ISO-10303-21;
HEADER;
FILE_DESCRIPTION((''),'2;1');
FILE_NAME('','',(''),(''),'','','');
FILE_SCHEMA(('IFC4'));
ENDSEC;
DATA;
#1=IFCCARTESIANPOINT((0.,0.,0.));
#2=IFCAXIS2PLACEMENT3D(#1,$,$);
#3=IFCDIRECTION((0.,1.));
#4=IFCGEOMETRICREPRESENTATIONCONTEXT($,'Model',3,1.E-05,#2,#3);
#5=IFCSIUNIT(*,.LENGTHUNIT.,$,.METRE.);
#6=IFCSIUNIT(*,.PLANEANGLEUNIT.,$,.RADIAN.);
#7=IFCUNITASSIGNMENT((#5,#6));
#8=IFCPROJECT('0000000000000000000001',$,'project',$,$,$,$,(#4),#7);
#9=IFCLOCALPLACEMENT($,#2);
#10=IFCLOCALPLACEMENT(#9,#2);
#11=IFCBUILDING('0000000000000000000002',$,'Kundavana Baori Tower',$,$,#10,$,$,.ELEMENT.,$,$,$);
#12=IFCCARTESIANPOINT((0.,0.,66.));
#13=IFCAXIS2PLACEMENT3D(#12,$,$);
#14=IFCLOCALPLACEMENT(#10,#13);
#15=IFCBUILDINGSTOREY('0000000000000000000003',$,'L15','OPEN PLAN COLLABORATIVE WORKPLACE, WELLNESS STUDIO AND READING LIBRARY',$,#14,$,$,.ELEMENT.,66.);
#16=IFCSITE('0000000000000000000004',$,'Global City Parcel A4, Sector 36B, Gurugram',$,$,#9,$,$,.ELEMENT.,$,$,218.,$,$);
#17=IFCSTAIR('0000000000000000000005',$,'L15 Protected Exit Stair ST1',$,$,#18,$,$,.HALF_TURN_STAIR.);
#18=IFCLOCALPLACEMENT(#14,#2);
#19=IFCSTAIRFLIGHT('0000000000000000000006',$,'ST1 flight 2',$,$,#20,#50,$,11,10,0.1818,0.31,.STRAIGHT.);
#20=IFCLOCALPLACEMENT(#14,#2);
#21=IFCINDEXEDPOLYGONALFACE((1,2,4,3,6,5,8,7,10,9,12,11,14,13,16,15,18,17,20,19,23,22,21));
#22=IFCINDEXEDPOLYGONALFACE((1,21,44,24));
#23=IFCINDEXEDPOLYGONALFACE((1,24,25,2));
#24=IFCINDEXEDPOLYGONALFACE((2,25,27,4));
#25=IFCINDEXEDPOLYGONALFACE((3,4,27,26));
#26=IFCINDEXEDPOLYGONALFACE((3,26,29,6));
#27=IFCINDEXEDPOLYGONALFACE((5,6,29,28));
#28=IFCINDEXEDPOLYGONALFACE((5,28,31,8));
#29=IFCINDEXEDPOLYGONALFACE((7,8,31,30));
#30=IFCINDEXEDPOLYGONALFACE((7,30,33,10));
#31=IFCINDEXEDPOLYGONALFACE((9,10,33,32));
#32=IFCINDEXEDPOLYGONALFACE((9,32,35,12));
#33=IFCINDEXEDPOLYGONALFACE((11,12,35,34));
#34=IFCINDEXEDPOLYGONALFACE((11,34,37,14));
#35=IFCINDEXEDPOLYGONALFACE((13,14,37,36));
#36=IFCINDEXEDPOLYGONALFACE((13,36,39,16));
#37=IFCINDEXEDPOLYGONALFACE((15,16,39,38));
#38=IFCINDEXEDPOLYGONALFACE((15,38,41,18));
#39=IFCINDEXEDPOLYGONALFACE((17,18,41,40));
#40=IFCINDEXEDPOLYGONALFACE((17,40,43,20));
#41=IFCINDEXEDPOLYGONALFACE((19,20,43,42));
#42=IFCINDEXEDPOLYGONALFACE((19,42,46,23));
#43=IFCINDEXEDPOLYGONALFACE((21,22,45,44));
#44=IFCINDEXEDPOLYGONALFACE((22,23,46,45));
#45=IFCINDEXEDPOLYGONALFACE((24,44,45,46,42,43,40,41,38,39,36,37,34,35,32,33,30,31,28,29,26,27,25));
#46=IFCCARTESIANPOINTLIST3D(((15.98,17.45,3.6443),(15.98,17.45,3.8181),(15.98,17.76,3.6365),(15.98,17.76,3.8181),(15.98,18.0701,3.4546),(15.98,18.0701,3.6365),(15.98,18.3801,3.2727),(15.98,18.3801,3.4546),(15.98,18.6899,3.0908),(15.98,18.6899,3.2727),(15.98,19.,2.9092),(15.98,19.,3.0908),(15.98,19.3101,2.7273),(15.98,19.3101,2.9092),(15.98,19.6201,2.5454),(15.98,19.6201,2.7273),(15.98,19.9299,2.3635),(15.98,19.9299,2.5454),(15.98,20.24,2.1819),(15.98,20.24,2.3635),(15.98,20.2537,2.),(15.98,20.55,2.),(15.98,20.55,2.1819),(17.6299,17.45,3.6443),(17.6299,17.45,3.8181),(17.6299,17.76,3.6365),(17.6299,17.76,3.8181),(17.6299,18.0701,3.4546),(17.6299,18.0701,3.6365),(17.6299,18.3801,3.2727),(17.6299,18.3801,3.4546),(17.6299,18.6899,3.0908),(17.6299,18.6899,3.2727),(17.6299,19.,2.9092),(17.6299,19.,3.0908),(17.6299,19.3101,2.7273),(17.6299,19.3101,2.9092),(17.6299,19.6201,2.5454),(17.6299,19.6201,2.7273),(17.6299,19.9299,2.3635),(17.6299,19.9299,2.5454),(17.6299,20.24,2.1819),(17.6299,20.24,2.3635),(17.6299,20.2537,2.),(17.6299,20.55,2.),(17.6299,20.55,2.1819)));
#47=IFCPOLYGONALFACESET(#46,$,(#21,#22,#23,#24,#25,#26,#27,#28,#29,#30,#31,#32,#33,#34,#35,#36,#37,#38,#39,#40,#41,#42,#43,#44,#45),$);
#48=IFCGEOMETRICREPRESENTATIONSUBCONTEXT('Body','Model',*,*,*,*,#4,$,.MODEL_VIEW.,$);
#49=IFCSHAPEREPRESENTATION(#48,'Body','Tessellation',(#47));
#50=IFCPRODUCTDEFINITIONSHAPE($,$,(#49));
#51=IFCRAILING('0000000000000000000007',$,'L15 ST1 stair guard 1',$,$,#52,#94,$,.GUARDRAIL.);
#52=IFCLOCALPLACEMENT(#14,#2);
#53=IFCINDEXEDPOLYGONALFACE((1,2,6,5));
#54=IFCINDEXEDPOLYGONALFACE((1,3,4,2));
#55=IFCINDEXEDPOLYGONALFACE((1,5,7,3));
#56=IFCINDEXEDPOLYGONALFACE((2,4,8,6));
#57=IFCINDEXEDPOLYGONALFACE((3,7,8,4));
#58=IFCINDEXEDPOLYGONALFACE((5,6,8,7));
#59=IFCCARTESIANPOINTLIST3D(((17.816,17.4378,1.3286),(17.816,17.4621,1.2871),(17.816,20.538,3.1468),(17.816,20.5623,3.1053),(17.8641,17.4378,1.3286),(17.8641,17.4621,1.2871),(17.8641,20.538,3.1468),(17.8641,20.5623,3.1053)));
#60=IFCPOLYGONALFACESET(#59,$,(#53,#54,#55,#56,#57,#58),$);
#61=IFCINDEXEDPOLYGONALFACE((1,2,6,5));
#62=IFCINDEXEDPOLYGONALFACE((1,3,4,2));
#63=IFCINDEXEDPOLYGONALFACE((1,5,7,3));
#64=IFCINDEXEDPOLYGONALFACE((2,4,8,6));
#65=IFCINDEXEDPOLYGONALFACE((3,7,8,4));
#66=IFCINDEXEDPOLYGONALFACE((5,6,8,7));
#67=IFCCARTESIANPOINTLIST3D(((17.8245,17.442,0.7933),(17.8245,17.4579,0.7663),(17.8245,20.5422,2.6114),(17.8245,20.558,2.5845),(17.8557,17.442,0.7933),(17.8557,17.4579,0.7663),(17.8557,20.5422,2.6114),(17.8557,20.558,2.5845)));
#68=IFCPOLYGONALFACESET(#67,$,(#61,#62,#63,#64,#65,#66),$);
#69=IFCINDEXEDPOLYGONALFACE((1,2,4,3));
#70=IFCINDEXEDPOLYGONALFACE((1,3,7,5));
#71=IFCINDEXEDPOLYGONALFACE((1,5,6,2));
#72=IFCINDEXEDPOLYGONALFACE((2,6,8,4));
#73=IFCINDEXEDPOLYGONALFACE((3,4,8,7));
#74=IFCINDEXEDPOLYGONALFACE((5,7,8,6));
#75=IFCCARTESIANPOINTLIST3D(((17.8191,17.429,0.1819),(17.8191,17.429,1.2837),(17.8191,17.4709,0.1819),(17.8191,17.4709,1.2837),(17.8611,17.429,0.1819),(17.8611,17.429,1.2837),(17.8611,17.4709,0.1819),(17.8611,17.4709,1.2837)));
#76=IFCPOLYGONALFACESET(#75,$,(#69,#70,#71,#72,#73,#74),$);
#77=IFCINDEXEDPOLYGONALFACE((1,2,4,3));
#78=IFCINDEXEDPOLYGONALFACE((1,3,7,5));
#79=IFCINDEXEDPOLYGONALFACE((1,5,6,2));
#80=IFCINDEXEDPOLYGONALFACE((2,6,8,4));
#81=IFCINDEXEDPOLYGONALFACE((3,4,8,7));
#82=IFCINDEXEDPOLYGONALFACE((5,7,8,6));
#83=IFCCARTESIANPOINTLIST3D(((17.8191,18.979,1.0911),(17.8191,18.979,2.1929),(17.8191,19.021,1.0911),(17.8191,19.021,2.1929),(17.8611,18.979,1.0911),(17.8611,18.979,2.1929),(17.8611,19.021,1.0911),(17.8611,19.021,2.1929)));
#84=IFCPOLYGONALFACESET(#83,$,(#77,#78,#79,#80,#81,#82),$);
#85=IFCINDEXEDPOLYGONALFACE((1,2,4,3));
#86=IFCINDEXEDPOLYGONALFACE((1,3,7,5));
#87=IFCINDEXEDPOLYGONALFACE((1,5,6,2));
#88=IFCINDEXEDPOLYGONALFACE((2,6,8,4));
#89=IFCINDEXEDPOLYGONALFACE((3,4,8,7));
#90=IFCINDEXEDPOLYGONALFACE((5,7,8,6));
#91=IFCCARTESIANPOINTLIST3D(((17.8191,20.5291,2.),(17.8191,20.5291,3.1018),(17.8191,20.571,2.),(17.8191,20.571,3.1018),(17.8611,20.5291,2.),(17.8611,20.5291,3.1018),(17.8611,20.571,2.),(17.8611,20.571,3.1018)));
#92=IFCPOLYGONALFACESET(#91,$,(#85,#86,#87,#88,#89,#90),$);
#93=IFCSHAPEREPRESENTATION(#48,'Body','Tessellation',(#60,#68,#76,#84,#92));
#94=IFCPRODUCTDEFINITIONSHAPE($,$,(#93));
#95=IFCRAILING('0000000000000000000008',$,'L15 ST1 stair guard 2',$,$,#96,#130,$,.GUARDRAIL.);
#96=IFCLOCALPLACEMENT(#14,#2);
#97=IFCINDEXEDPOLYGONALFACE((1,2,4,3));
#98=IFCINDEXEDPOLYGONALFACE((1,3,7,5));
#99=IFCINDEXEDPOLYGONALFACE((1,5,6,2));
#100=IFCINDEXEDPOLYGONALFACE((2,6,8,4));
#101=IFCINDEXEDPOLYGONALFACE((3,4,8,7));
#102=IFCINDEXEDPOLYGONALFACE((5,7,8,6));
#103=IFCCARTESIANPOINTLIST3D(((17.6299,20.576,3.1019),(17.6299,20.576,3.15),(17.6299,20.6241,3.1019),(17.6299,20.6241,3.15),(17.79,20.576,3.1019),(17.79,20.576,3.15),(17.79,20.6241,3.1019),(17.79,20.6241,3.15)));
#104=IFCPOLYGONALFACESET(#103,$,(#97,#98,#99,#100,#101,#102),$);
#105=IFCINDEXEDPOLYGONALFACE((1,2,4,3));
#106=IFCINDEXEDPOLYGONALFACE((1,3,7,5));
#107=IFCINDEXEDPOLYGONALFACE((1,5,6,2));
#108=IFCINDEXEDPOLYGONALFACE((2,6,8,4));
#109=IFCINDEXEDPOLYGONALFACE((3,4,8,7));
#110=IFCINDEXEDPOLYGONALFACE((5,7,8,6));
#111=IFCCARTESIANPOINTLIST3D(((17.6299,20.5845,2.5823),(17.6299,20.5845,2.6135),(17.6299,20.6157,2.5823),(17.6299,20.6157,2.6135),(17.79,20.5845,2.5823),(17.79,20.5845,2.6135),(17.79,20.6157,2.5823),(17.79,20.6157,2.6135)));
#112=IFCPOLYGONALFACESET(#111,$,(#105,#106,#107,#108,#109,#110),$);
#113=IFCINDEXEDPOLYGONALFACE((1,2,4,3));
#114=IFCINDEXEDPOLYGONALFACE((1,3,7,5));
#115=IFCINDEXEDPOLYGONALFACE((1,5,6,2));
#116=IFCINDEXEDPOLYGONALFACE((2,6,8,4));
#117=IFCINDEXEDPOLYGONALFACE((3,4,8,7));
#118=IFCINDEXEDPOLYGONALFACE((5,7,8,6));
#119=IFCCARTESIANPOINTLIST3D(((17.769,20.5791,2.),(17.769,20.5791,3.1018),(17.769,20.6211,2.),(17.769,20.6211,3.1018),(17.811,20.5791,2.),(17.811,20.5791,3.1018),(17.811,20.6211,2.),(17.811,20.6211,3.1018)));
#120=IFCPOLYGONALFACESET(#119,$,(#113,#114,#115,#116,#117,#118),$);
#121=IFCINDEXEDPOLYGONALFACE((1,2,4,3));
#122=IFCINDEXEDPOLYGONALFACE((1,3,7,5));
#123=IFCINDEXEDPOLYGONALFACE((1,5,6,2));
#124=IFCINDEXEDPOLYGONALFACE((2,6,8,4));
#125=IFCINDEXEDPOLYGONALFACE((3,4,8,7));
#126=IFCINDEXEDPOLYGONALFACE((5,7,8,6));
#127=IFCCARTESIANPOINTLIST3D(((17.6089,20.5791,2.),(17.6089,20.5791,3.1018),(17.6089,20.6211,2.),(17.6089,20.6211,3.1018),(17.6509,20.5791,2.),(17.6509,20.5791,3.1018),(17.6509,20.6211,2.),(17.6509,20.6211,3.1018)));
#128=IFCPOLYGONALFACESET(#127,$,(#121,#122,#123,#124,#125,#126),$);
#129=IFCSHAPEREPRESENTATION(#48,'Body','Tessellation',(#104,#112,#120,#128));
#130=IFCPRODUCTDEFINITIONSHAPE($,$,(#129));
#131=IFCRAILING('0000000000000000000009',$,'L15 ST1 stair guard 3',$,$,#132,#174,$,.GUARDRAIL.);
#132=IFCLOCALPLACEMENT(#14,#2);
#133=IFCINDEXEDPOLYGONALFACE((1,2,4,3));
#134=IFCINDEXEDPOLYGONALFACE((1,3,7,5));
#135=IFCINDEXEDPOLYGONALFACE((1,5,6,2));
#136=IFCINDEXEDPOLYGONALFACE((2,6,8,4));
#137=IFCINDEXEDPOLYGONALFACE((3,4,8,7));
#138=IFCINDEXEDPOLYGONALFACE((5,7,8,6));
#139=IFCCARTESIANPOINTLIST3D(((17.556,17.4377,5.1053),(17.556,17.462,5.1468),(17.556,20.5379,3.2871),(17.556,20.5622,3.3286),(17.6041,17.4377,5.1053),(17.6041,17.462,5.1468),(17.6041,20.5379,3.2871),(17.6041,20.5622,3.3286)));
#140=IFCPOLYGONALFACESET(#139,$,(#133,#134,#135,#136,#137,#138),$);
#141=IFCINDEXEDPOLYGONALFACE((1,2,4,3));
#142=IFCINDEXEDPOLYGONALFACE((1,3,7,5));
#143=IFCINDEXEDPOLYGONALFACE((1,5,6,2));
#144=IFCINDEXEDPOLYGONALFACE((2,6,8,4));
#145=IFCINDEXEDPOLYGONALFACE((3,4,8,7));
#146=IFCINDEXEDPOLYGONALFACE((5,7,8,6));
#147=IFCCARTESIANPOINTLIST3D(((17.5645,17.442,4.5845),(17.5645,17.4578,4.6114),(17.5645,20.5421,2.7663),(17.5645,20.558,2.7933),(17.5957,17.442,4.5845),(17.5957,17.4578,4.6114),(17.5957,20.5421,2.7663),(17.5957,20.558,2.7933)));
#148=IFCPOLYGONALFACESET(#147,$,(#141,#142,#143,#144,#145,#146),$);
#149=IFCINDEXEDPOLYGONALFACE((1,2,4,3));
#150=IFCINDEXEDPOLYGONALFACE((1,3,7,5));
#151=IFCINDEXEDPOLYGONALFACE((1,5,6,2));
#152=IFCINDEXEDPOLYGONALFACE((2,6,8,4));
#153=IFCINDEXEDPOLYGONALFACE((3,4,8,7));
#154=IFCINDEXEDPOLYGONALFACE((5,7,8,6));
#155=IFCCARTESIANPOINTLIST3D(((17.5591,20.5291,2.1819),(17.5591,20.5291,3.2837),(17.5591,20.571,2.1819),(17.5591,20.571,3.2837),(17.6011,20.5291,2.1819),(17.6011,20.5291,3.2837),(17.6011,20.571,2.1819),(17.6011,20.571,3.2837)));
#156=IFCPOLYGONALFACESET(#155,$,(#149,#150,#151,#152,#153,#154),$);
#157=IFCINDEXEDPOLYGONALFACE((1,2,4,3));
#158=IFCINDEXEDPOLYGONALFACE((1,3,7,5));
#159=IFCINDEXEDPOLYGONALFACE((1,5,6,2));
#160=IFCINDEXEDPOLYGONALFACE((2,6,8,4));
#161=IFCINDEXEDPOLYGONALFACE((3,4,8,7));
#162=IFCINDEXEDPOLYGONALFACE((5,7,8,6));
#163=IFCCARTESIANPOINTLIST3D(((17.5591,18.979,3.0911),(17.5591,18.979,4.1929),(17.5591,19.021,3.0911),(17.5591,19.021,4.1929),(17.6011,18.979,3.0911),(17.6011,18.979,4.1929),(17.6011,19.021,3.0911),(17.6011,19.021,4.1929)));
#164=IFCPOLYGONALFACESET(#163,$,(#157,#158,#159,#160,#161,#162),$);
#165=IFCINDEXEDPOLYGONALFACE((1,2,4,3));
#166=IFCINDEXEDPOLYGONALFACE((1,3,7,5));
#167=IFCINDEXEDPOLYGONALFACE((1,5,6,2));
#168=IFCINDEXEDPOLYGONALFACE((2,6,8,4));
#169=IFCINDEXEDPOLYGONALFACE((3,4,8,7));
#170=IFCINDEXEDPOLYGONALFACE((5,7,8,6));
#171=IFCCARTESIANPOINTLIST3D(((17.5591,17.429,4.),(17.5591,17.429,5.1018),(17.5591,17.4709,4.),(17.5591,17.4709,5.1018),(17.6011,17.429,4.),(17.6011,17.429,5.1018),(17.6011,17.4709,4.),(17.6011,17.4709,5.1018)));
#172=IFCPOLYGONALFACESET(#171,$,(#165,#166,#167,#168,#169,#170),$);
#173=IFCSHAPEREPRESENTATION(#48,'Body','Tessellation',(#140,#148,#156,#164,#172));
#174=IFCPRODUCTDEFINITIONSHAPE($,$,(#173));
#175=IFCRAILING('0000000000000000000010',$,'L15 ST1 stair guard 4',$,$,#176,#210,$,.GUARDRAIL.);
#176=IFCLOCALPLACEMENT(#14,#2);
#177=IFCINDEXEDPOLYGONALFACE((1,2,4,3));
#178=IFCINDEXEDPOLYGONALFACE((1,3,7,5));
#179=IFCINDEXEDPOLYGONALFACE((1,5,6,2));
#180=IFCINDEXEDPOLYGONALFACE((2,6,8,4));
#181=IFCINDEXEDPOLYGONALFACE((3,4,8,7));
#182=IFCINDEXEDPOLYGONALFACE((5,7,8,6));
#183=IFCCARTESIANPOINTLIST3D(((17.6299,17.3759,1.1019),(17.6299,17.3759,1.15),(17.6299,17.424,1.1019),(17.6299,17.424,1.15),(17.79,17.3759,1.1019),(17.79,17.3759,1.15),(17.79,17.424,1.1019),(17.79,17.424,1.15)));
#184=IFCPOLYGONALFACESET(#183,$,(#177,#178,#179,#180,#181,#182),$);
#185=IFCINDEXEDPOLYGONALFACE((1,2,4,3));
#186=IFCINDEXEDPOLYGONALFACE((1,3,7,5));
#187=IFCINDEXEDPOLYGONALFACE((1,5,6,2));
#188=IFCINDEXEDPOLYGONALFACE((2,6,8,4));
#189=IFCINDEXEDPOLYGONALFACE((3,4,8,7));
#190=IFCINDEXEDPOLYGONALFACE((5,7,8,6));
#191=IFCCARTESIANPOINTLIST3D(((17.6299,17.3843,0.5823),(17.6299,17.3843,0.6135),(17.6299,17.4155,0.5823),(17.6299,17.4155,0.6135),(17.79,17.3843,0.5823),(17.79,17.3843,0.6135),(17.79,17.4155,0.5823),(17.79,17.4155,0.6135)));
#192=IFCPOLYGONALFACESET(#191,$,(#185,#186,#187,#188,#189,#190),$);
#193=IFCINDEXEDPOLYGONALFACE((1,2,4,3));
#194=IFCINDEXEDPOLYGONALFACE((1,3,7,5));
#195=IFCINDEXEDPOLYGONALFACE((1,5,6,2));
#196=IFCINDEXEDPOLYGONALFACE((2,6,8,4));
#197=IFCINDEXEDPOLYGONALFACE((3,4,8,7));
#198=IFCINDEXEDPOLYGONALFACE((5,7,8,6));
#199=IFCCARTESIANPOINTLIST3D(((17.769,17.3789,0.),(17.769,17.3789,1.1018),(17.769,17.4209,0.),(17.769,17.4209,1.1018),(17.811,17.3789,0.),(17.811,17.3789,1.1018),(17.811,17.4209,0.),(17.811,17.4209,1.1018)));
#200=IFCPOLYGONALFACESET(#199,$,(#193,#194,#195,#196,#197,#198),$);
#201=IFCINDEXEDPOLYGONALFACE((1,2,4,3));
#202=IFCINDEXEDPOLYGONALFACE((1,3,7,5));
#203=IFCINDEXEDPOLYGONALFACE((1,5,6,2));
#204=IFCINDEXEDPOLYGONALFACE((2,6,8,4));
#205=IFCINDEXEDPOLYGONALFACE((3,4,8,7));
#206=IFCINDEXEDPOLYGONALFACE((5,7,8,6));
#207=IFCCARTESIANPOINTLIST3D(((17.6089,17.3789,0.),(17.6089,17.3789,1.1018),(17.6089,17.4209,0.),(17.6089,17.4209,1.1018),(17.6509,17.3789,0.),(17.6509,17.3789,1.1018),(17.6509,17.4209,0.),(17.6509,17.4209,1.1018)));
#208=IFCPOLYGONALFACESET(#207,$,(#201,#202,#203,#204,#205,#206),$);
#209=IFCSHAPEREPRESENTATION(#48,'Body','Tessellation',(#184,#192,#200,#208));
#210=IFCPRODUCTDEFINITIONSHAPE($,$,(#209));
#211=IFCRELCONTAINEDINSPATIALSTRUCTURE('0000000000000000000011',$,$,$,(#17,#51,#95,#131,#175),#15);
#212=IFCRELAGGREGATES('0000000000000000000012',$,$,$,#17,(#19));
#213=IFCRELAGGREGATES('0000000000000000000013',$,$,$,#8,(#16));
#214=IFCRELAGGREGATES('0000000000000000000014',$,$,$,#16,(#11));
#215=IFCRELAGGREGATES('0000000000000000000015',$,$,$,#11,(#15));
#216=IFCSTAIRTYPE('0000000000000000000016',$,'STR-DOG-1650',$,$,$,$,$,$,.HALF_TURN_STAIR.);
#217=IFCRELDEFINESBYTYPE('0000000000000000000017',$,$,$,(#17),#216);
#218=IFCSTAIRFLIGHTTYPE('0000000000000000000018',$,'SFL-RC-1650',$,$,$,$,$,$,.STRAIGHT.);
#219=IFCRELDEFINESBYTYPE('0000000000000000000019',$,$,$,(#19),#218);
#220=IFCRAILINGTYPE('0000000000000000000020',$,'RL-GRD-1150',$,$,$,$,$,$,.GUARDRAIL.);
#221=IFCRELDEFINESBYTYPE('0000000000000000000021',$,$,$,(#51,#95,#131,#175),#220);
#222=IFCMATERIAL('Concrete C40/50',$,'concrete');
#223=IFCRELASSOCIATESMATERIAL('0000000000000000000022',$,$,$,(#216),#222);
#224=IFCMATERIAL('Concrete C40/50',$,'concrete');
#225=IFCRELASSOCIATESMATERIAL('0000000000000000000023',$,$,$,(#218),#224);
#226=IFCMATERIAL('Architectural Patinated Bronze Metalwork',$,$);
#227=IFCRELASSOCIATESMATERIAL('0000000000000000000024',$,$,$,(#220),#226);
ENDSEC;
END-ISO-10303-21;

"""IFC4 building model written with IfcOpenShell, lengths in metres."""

from ifc_helpers import new_model, si_unit, direction, frame, origin, origin_2d, place, context, subcontext, project, spatial, polyline, rectangle, outline, extrude, material, type_object, element, aggregate, save


model = new_model("IFC4")

# Units and contexts
model_context = context("Model", 3, precision=1e-05, world=origin(), true_north=direction((0.0, 1.0)))
body_context = subcontext(model_context, "Body", "Model", "MODEL_VIEW")
ifc_project = project(units=[si_unit("LENGTHUNIT", "METRE"), si_unit("PLANEANGLEUNIT", "RADIAN")], contexts=[model_context])

# Site, building, storey
site_placement = place(None, origin())
site = spatial("IfcSite", under=ifc_project, at=site_placement, Name="Global City Parcel A4, Sector 36B, Gurugram", CompositionType="ELEMENT", RefElevation=218.0)
building_placement = place(site_placement, origin())
building = spatial("IfcBuilding", under=site, at=building_placement, Name="Kundavana Baori Tower", CompositionType="ELEMENT")
storey_placement = place(building_placement, frame((0.0, 0.0, 66.0)))
storey = spatial("IfcBuildingStorey", under=building, at=storey_placement, Name="L15", Description="OPEN PLAN COLLABORATIVE WORKPLACE, WELLNESS STUDIO AND READING LIBRARY", CompositionType="ELEMENT", Elevation=66.0)

# Stair, stair flight
ifc_material_1 = material(Name="Concrete C40/50", Category="concrete")
stair_type = type_object("IfcStairType", Name="STR-DOG-1650", PredefinedType="HALF_TURN_STAIR", material=ifc_material_1)
stair_placement = place(storey_placement, origin())
stair = element("IfcStair", 1, at=stair_placement, inside=storey, type_object=stair_type, Name="L15 Protected Exit Stair ST1", PredefinedType="HALF_TURN_STAIR")
ifc_material_2 = material(Name="Concrete C40/50", Category="concrete")
stair_flight_type = type_object("IfcStairFlightType", Name="SFL-RC-1650", PredefinedType="STRAIGHT", material=ifc_material_2)
stair_flight_1_placement = place(storey_placement, frame((16.8049, 20.55, 2.0), z_axis=(0.0, 0.0, 1.0), x_axis=(0.0, -1.0, 0.0)))
stair_flight_1 = element("IfcStairFlight", 2, at=stair_flight_1_placement, type_object=stair_flight_type, Name="ST1 flight 2", NumberOfRisers=11, NumberOfTreads=10, PredefinedType="STRAIGHT", RiserHeight=0.1818, TreadLength=0.31, context=body_context, shape_type="SweptSolid", body=[
    extrude(outline(polyline([(0.0, 0.0), (0.0, 0.1819), (0.3101, 0.1819), (0.3101, 0.3635), (0.6201, 0.3635), (0.6201, 0.5454), (0.9299, 0.5454), (0.9299, 0.7273), (1.24, 0.7273), (1.24, 0.9092), (1.55, 0.9092), (1.55, 1.0908), (1.8601, 1.0908), (1.8601, 1.2727), (2.1699, 1.2727), (2.1699, 1.4546), (2.48, 1.4546), (2.48, 1.6365), (2.79, 1.6365), (2.79, 1.8181), (3.1001, 1.8181), (3.1001, 2.0), (3.1001, 1.6443), (0.2964, 0.0), (0.0, 0.0)])), frame((0.0, 0.825, 0.0), z_axis=(0.0, -1.0, 0.0), x_axis=(1.0, 0.0, 0.0)), (0.0, 0.0, 1.0), 1.6499),
])
aggregate(stair, [stair_flight_1])

# Railings
ifc_material_3 = material(Name="Architectural Patinated Bronze Metalwork")
railing_type_1 = type_object("IfcRailingType", Name="RL-GRD-1150", PredefinedType="GUARDRAIL", material=ifc_material_3)
railing_1_placement = place(storey_placement, frame((17.8401, 17.45, 0.1819)))
element("IfcRailing", 3, at=railing_1_placement, inside=storey, type_object=railing_type_1, Name="L15 ST1 stair guard 1", PredefinedType="GUARDRAIL", context=body_context, shape_type="SweptSolid", body=[
    extrude(rectangle(XDim=0.0481, YDim=0.0481, at=origin_2d()), frame((0.0, 0.0, 1.126), z_axis=(0.0, 0.862599, 0.505889), x_axis=(-1.0, 0.0, 0.0)), (0.0, 0.0, 1.0), 3.594),
    extrude(rectangle(XDim=0.0312, YDim=0.0312, at=origin_2d()), frame((0.0, 0.0, 0.5979), z_axis=(0.0, 0.862599, 0.505889), x_axis=(-1.0, 0.0, 0.0)), (0.0, 0.0, 1.0), 3.594),
    extrude(rectangle(XDim=0.042, YDim=0.042, at=origin_2d()), origin(), (0.0, 0.0, 1.0), 1.1018),
    extrude(rectangle(XDim=0.042, YDim=0.042, at=origin_2d()), frame((0.0, 1.55, 0.9092)), (0.0, 0.0, 1.0), 1.1018),
    extrude(rectangle(XDim=0.042, YDim=0.042, at=origin_2d()), frame((0.0, 3.1001, 1.8181)), (0.0, 0.0, 1.0), 1.1018),
])
railing_2_placement = place(storey_placement, frame((17.79, 20.6001, 2.0)))
element("IfcRailing", 4, at=railing_2_placement, inside=storey, type_object=railing_type_1, Name="L15 ST1 stair guard 2", PredefinedType="GUARDRAIL", context=body_context, shape_type="SweptSolid", body=[
    extrude(rectangle(XDim=0.0481, YDim=0.0481, at=origin_2d()), frame((0.0, 0.0, 1.126), z_axis=(-1.0, 0.0, 0.0), x_axis=(0.0, -1.0, 0.0)), (0.0, 0.0, 1.0), 0.1602),
    extrude(rectangle(XDim=0.0312, YDim=0.0312, at=origin_2d()), frame((0.0, 0.0, 0.5979), z_axis=(-1.0, 0.0, 0.0), x_axis=(0.0, -1.0, 0.0)), (0.0, 0.0, 1.0), 0.1602),
    extrude(rectangle(XDim=0.042, YDim=0.042, at=origin_2d()), origin(), (0.0, 0.0, 1.0), 1.1018),
    extrude(rectangle(XDim=0.042, YDim=0.042, at=origin_2d()), frame((-0.1602, 0.0, 0.0)), (0.0, 0.0, 1.0), 1.1018),
])
railing_3_placement = place(storey_placement, frame((17.5801, 20.55, 2.1819)))
element("IfcRailing", 5, at=railing_3_placement, inside=storey, type_object=railing_type_1, Name="L15 ST1 stair guard 3", PredefinedType="GUARDRAIL", context=body_context, shape_type="SweptSolid", body=[
    extrude(rectangle(XDim=0.0481, YDim=0.0481, at=origin_2d()), frame((0.0, 0.0, 1.126), z_axis=(0.0, -0.862599, 0.505889), x_axis=(1.0, 0.0, 0.0)), (0.0, 0.0, 1.0), 3.594),
    extrude(rectangle(XDim=0.0312, YDim=0.0312, at=origin_2d()), frame((0.0, 0.0, 0.5979), z_axis=(0.0, -0.862599, 0.505889), x_axis=(1.0, 0.0, 0.0)), (0.0, 0.0, 1.0), 3.594),
    extrude(rectangle(XDim=0.042, YDim=0.042, at=origin_2d()), origin(), (0.0, 0.0, 1.0), 1.1018),
    extrude(rectangle(XDim=0.042, YDim=0.042, at=origin_2d()), frame((0.0, -1.55, 0.9092)), (0.0, 0.0, 1.0), 1.1018),
    extrude(rectangle(XDim=0.042, YDim=0.042, at=origin_2d()), frame((0.0, -3.1001, 1.8181)), (0.0, 0.0, 1.0), 1.1018),
])
railing_4_placement = place(storey_placement, frame((17.79, 17.3999, 0.0)))
element("IfcRailing", 6, at=railing_4_placement, inside=storey, type_object=railing_type_1, Name="L15 ST1 stair guard 4", PredefinedType="GUARDRAIL", context=body_context, shape_type="SweptSolid", body=[
    extrude(rectangle(XDim=0.0481, YDim=0.0481, at=origin_2d()), frame((0.0, 0.0, 1.126), z_axis=(-1.0, 0.0, 0.0), x_axis=(0.0, -1.0, 0.0)), (0.0, 0.0, 1.0), 0.1602),
    extrude(rectangle(XDim=0.0312, YDim=0.0312, at=origin_2d()), frame((0.0, 0.0, 0.5979), z_axis=(-1.0, 0.0, 0.0), x_axis=(0.0, -1.0, 0.0)), (0.0, 0.0, 1.0), 0.1602),
    extrude(rectangle(XDim=0.042, YDim=0.042, at=origin_2d()), origin(), (0.0, 0.0, 1.0), 1.1018),
    extrude(rectangle(XDim=0.042, YDim=0.042, at=origin_2d()), frame((-0.1602, 0.0, 0.0)), (0.0, 0.0, 1.0), 1.1018),
])

save(model, "model.ifc")
